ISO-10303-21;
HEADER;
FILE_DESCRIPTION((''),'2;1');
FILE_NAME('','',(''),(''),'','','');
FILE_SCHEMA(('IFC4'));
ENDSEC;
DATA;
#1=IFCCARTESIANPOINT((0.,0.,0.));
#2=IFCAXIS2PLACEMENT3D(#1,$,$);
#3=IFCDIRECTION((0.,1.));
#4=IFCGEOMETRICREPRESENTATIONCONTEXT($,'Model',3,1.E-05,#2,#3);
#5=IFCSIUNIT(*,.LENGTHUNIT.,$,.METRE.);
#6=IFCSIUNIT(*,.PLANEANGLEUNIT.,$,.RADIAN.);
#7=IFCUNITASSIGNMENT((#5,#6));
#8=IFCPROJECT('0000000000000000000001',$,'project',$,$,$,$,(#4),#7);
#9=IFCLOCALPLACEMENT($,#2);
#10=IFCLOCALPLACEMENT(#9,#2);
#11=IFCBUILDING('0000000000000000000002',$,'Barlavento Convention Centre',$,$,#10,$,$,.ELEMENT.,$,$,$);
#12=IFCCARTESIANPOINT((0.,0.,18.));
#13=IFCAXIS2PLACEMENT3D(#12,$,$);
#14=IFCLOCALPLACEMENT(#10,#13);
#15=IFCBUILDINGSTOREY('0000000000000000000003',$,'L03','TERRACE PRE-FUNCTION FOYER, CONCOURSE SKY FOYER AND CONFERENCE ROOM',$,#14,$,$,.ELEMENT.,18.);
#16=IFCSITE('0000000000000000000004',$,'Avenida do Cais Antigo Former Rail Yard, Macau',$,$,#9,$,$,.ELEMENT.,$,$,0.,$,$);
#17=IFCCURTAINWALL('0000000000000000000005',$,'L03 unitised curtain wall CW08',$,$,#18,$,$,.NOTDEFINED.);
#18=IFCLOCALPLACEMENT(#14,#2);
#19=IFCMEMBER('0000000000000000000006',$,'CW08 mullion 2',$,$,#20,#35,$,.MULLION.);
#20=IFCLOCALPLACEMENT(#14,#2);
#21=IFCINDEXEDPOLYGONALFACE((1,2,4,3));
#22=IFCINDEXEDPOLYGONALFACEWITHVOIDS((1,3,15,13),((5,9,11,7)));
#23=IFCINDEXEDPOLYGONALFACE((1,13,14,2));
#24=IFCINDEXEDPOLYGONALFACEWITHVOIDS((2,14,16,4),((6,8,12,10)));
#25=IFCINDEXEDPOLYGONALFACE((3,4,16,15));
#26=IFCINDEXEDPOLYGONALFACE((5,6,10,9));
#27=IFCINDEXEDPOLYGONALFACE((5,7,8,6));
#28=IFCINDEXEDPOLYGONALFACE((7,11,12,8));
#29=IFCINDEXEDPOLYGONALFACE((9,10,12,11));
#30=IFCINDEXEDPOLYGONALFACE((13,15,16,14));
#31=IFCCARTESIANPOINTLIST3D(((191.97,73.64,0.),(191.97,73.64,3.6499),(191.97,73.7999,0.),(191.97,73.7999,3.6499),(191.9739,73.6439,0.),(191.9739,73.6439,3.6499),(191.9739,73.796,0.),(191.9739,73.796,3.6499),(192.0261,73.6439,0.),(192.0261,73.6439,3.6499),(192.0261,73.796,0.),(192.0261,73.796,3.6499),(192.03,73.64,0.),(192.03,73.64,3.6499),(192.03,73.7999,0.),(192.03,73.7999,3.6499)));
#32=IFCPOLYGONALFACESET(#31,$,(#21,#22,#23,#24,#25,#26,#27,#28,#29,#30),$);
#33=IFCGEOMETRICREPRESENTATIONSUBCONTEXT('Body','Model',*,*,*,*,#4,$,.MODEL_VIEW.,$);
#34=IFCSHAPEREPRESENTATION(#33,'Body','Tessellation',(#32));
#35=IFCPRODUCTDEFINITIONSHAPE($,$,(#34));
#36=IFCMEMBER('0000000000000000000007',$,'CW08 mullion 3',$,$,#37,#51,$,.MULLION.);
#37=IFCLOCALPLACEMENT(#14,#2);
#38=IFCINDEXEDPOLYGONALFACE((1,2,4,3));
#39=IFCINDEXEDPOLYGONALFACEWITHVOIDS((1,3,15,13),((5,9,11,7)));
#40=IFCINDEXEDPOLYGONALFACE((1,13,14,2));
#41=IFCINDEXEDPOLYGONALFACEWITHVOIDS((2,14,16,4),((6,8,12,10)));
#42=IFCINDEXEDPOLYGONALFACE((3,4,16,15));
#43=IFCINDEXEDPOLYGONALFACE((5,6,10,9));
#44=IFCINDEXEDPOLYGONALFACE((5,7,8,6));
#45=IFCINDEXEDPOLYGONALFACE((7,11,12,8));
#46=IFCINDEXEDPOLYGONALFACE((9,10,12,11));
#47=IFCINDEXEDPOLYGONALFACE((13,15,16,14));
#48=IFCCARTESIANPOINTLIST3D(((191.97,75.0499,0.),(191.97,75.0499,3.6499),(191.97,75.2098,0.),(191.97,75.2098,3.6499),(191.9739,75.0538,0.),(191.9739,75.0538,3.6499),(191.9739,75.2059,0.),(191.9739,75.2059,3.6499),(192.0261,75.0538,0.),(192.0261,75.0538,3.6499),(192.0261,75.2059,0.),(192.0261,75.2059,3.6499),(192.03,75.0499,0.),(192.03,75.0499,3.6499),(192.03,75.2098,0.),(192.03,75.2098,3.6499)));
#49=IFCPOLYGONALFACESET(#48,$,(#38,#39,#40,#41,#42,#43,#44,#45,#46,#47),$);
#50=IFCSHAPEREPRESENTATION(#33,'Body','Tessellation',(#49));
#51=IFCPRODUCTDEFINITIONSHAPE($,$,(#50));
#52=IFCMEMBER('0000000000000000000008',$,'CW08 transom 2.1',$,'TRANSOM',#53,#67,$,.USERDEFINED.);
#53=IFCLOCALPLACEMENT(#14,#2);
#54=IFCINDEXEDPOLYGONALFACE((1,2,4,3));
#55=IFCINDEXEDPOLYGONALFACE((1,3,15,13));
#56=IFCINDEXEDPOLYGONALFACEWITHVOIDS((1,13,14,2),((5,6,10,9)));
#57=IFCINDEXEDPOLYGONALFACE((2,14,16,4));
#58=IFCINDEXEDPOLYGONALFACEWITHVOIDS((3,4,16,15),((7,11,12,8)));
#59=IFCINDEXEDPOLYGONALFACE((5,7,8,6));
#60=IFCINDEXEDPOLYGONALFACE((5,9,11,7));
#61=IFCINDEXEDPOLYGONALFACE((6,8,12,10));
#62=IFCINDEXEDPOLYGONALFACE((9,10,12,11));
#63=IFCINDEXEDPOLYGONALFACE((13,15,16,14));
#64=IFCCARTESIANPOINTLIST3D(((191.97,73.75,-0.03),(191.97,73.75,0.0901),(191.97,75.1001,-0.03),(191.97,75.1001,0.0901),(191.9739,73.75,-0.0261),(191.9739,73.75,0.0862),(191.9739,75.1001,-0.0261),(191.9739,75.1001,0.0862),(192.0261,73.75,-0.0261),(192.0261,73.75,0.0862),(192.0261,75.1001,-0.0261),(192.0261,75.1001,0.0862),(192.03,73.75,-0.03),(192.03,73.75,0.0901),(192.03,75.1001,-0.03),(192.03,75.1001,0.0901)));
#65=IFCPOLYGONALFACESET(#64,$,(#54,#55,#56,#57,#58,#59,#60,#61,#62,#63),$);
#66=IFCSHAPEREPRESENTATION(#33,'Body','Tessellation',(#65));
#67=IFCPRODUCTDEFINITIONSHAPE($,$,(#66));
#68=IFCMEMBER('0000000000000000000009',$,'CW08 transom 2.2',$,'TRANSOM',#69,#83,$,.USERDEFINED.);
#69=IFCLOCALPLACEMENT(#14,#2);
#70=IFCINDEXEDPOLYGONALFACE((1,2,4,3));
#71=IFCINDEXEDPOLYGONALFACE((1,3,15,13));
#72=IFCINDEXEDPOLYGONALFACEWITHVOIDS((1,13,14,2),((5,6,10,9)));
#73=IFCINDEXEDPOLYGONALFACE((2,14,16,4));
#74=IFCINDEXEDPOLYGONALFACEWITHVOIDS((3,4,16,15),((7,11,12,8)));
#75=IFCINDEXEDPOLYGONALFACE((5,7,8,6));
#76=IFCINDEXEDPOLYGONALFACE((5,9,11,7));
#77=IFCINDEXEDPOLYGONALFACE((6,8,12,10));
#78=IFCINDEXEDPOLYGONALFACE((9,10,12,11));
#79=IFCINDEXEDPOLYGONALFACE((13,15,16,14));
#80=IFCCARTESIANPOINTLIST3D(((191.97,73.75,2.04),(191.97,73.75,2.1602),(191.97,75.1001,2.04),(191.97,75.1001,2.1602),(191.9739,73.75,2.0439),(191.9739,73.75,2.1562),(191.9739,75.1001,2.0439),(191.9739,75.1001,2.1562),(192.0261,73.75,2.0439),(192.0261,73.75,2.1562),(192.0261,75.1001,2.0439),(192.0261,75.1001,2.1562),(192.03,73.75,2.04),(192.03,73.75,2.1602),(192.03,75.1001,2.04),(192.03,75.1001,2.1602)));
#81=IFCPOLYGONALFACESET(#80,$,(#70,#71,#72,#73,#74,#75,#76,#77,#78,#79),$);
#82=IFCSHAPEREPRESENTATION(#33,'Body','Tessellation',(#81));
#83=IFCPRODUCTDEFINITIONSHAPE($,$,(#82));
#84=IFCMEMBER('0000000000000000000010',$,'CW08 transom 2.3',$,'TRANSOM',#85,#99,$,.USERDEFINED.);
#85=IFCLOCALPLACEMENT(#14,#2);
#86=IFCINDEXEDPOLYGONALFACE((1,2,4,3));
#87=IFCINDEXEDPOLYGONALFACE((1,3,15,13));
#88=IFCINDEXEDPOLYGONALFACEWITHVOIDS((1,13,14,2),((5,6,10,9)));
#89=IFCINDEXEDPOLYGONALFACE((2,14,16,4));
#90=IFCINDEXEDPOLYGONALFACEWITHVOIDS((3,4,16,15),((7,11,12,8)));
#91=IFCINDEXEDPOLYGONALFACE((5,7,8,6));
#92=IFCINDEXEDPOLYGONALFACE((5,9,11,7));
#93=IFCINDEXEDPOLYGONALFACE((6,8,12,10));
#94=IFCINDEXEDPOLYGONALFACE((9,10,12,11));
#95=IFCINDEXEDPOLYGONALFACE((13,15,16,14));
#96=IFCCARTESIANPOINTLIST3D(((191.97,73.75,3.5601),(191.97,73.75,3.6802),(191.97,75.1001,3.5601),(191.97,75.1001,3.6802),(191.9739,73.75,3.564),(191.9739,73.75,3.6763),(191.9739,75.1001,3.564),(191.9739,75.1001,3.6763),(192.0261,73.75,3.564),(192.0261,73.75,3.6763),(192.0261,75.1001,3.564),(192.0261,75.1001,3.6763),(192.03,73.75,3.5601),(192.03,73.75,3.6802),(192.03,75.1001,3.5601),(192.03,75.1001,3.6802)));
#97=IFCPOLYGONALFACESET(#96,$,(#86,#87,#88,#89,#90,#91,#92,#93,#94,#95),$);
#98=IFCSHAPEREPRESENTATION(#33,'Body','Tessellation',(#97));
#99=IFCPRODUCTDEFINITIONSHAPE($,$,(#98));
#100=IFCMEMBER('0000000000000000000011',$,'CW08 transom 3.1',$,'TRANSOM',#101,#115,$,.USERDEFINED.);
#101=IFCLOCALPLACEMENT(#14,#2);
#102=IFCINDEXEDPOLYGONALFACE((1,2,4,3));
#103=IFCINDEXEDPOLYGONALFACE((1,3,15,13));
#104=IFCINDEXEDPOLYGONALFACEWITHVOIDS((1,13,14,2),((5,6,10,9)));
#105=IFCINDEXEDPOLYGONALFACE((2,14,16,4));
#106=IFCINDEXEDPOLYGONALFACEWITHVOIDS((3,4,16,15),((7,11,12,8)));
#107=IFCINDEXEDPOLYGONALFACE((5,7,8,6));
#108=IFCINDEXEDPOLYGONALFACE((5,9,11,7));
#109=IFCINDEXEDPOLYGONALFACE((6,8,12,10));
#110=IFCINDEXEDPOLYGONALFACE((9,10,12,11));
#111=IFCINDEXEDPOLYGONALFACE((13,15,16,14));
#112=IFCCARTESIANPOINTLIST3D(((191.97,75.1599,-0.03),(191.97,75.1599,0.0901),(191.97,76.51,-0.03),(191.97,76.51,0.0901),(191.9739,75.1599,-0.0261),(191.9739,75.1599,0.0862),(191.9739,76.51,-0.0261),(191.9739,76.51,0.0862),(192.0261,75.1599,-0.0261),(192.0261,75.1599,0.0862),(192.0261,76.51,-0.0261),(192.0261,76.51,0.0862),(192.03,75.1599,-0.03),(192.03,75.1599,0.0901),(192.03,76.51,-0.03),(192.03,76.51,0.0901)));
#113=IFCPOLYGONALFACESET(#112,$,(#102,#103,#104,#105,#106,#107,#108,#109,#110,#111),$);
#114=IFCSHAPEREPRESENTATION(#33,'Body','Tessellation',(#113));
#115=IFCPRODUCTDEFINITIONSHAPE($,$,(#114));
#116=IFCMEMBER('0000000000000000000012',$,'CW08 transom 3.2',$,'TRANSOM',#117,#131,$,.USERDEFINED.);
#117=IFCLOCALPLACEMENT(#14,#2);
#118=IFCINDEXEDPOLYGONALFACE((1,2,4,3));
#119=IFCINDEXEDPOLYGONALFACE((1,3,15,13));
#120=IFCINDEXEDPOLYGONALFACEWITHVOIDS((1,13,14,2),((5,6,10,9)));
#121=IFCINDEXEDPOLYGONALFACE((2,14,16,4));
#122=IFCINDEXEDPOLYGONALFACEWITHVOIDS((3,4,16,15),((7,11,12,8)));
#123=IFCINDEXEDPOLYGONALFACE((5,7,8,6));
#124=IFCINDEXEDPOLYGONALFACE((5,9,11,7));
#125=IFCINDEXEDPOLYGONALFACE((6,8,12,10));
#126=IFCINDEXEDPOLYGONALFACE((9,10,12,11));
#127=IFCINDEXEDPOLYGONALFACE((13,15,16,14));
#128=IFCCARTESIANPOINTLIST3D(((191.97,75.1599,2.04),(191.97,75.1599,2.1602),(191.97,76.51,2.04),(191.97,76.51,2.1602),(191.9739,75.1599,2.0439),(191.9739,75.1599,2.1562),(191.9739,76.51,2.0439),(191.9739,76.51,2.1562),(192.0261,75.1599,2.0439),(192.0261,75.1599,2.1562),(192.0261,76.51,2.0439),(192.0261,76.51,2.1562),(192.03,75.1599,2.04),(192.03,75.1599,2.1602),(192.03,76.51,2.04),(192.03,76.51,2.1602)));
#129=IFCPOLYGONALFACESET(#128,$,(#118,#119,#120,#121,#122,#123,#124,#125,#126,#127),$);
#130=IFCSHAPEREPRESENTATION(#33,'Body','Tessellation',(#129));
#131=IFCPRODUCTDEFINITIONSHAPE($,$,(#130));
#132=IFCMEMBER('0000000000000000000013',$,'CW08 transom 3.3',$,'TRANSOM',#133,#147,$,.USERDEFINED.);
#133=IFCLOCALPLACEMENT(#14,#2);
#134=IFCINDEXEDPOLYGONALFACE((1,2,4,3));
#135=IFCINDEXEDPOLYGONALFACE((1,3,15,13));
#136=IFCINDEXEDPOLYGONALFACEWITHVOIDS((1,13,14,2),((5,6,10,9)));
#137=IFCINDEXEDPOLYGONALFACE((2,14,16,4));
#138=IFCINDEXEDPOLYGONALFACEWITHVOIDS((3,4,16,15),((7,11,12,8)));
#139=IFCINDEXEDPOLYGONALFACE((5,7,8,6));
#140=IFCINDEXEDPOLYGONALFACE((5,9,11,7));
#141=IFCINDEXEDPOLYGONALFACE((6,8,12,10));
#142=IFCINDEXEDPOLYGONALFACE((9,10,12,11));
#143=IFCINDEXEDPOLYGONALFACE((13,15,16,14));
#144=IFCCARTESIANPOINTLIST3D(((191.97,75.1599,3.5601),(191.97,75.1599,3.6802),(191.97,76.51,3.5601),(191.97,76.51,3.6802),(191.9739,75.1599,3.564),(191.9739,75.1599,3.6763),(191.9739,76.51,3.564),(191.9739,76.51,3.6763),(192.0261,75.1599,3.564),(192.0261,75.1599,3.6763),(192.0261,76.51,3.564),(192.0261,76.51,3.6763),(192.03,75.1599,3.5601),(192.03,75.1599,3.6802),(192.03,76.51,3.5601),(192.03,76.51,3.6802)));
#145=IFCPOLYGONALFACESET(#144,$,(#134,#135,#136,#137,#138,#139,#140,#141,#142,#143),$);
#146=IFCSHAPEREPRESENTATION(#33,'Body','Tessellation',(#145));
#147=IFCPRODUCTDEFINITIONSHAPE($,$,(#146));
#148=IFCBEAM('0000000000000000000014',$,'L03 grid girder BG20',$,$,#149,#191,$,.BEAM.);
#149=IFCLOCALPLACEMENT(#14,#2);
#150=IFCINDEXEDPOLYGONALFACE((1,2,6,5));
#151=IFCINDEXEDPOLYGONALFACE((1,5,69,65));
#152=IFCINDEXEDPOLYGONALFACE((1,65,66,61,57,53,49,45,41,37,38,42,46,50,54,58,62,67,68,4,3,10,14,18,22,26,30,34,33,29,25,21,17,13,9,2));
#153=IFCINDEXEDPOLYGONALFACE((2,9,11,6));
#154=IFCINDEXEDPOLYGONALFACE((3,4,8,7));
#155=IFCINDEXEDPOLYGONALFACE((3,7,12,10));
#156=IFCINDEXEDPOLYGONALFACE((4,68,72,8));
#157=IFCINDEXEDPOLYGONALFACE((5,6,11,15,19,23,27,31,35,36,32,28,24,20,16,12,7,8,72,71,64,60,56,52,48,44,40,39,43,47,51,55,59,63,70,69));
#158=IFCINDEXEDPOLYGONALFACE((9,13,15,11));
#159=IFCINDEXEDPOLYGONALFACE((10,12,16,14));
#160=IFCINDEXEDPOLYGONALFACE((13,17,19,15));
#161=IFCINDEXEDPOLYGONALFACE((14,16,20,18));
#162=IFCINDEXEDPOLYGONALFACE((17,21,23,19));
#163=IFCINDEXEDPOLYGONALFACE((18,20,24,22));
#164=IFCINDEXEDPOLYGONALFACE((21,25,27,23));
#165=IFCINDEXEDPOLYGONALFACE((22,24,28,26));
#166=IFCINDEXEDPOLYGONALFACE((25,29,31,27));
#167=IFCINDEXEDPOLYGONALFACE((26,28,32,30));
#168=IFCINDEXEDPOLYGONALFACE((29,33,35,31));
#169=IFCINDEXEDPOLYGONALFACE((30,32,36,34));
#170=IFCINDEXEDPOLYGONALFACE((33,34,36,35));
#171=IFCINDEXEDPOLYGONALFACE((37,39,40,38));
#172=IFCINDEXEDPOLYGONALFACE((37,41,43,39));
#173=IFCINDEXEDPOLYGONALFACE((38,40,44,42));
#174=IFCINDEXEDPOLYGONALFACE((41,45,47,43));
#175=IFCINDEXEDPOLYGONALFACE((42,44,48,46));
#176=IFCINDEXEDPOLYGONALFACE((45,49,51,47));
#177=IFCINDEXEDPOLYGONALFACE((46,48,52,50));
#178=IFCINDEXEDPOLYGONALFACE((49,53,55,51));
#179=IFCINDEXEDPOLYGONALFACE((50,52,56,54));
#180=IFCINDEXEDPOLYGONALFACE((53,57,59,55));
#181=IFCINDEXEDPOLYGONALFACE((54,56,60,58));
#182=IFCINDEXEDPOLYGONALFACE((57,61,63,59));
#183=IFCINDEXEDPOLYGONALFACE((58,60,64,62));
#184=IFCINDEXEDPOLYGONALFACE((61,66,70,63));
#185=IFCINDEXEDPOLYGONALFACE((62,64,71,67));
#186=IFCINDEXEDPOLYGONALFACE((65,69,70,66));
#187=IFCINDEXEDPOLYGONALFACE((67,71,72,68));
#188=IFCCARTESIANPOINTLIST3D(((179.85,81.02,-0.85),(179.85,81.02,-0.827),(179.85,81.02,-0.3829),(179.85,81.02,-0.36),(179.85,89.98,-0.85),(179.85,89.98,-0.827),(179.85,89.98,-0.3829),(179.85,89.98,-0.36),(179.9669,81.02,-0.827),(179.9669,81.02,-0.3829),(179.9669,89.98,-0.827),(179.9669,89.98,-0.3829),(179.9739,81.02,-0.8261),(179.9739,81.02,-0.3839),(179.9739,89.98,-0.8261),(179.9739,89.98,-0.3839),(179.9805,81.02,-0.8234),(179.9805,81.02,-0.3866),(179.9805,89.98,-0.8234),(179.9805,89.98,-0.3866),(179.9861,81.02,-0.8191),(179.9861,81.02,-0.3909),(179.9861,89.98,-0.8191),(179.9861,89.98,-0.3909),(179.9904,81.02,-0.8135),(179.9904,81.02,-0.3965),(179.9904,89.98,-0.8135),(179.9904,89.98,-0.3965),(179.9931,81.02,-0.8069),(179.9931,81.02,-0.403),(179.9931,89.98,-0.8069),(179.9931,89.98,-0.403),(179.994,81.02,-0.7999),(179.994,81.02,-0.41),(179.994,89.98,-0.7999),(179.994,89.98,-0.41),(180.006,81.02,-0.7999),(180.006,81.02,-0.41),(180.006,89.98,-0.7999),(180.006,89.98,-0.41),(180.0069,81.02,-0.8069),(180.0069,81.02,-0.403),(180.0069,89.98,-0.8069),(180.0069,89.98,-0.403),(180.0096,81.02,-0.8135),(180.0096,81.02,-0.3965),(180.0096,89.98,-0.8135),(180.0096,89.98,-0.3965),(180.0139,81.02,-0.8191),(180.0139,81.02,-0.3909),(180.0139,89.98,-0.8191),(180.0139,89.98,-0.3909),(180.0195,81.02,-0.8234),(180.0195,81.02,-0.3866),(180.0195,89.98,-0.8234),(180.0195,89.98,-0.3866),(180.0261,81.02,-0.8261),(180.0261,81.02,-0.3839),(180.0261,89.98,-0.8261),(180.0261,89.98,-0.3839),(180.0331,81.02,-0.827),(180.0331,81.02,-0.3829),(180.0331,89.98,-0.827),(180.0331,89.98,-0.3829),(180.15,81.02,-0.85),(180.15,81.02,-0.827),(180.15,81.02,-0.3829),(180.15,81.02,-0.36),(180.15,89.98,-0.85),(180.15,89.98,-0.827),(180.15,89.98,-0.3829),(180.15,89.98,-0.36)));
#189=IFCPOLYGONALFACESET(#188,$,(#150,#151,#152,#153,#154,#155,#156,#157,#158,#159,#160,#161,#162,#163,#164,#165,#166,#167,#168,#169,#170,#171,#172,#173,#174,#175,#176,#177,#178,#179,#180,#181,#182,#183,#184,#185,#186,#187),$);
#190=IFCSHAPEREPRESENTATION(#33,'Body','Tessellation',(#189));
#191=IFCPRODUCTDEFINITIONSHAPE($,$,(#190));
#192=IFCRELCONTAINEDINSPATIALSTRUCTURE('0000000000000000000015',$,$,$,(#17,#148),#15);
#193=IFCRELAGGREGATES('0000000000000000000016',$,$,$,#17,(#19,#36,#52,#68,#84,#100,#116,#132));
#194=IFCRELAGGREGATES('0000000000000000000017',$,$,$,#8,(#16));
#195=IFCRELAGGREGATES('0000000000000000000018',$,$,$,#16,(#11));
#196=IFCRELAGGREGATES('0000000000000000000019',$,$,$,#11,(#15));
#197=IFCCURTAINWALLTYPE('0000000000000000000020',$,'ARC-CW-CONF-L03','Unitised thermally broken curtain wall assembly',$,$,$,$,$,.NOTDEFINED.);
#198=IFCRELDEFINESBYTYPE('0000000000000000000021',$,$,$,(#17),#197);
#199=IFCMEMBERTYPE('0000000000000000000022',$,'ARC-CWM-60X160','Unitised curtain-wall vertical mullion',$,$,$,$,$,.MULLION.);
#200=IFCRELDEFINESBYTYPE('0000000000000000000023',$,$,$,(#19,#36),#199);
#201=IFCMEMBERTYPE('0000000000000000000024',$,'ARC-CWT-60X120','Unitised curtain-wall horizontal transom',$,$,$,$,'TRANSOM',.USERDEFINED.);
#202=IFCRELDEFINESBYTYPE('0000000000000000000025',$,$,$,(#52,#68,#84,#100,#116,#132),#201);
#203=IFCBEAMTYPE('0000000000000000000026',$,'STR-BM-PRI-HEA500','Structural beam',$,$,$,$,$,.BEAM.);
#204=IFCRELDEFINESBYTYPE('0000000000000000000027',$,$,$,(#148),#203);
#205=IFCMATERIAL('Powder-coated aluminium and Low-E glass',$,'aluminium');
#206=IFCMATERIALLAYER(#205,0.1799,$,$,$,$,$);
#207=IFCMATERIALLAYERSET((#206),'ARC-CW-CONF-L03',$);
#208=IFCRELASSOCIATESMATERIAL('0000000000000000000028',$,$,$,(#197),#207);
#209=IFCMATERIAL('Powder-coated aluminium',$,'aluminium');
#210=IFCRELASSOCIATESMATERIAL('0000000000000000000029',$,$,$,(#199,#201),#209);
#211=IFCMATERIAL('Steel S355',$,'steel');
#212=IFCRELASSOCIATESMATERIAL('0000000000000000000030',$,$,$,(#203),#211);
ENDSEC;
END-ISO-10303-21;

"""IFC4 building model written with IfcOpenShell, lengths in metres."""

from ifc_helpers import new_model, si_unit, direction, frame, origin, origin_2d, place, context, subcontext, project, spatial, hollow_rectangle, i_section, extrude, material, layer, layer_set, material_profile, profile_set, type_object, element, aggregate, save


model = new_model("IFC4")

# Units and contexts
model_context = context("Model", 3, precision=1e-05, world=origin(), true_north=direction((0.0, 1.0)))
body_context = subcontext(model_context, "Body", "Model", "MODEL_VIEW")
ifc_project = project(units=[si_unit("LENGTHUNIT", "METRE"), si_unit("PLANEANGLEUNIT", "RADIAN")], contexts=[model_context])

# Site, building, storey
site_placement = place(None, origin())
site = spatial("IfcSite", under=ifc_project, at=site_placement, Name="Avenida do Cais Antigo Former Rail Yard, Macau", CompositionType="ELEMENT", RefElevation=0.0)
building_placement = place(site_placement, origin())
building = spatial("IfcBuilding", under=site, at=building_placement, Name="Barlavento Convention Centre", CompositionType="ELEMENT")
storey_placement = place(building_placement, frame((0.0, 0.0, 18.0)))
storey = spatial("IfcBuildingStorey", under=building, at=storey_placement, Name="L03", Description="TERRACE PRE-FUNCTION FOYER, CONCOURSE SKY FOYER AND CONFERENCE ROOM", CompositionType="ELEMENT", Elevation=18.0)

# Curtain wall, members
ifc_material_1 = material(Name="Powder-coated aluminium and Low-E glass", Category="aluminium")
ifc_layer_1 = layer(ifc_material_1, 0.1799)
ifc_layer_set_1 = layer_set([ifc_layer_1], Name="ARC-CW-CONF-L03")
curtain_wall_type = type_object("IfcCurtainWallType", Name="ARC-CW-CONF-L03", Description="Unitised thermally broken curtain wall assembly", PredefinedType="NOTDEFINED", material=ifc_layer_set_1)
curtain_wall_placement = place(storey_placement, origin())
curtain_wall = element("IfcCurtainWall", 1, at=curtain_wall_placement, inside=storey, type_object=curtain_wall_type, Name="L03 unitised curtain wall CW08", PredefinedType="NOTDEFINED")
ifc_material_2 = material(Name="Powder-coated aluminium", Category="aluminium")
ifc_material_profile_1 = material_profile(ifc_material_2, hollow_rectangle(XDim=0.0601, YDim=0.1599, WallThickness=0.0039, at=origin_2d()), Name="AL-MULL 60x160x4")
ifc_profile_set_1 = profile_set([ifc_material_profile_1], Name="Powder-coated aluminium")
member_type_1 = type_object("IfcMemberType", Name="ARC-CWM-60X160", Description="Unitised curtain-wall vertical mullion", PredefinedType="MULLION", material=ifc_profile_set_1)
member_1_placement = place(storey_placement, frame((192.0, 73.72, 0.0), z_axis=(0.0, 0.0, 1.0), x_axis=(-1.0, 0.0, 0.0)))
member_1 = element("IfcMember", 2, at=member_1_placement, type_object=member_type_1, Name="CW08 mullion 2", PredefinedType="MULLION", context=body_context, shape_type="SweptSolid", body=[
    extrude(hollow_rectangle(XDim=0.0601, YDim=0.1599, WallThickness=0.0039, at=origin_2d()), origin(), (0.0, 0.0, 1.0), 3.6499),
])
member_2_placement = place(storey_placement, frame((192.0, 75.1299, 0.0), z_axis=(0.0, 0.0, 1.0), x_axis=(-1.0, 0.0, 0.0)))
member_2 = element("IfcMember", 3, at=member_2_placement, type_object=member_type_1, Name="CW08 mullion 3", PredefinedType="MULLION", context=body_context, shape_type="SweptSolid", body=[
    extrude(hollow_rectangle(XDim=0.0601, YDim=0.1599, WallThickness=0.0039, at=origin_2d()), origin(), (0.0, 0.0, 1.0), 3.6499),
])
ifc_material_profile_2 = material_profile(ifc_material_2, hollow_rectangle(XDim=0.0601, YDim=0.1201, WallThickness=0.0039, at=origin_2d()), Name="AL-TRAN 60x120x4")
ifc_profile_set_2 = profile_set([ifc_material_profile_2], Name="Powder-coated aluminium")
member_type_2 = type_object("IfcMemberType", Name="ARC-CWT-60X120", Description="Unitised curtain-wall horizontal transom", ElementType="TRANSOM", PredefinedType="USERDEFINED", material=ifc_profile_set_2)
member_3_placement = place(storey_placement, frame((192.0, 73.75, 0.03), z_axis=(0.0, 1.0, 0.0), x_axis=(-1.0, 0.0, 0.0)))
member_3 = element("IfcMember", 4, at=member_3_placement, type_object=member_type_2, Name="CW08 transom 2.1", ObjectType="TRANSOM", PredefinedType="USERDEFINED", context=body_context, shape_type="SweptSolid", body=[
    extrude(hollow_rectangle(XDim=0.0601, YDim=0.1201, WallThickness=0.0039, at=origin_2d()), origin(), (0.0, 0.0, 1.0), 1.3501),
])
member_4_placement = place(storey_placement, frame((192.0, 73.75, 2.1001), z_axis=(0.0, 1.0, 0.0), x_axis=(-1.0, 0.0, 0.0)))
member_4 = element("IfcMember", 5, at=member_4_placement, type_object=member_type_2, Name="CW08 transom 2.2", ObjectType="TRANSOM", PredefinedType="USERDEFINED", context=body_context, shape_type="SweptSolid", body=[
    extrude(hollow_rectangle(XDim=0.0601, YDim=0.1201, WallThickness=0.0039, at=origin_2d()), origin(), (0.0, 0.0, 1.0), 1.3501),
])
member_5_placement = place(storey_placement, frame((192.0, 73.75, 3.6201), z_axis=(0.0, 1.0, 0.0), x_axis=(-1.0, 0.0, 0.0)))
member_5 = element("IfcMember", 6, at=member_5_placement, type_object=member_type_2, Name="CW08 transom 2.3", ObjectType="TRANSOM", PredefinedType="USERDEFINED", context=body_context, shape_type="SweptSolid", body=[
    extrude(hollow_rectangle(XDim=0.0601, YDim=0.1201, WallThickness=0.0039, at=origin_2d()), origin(), (0.0, 0.0, 1.0), 1.3501),
])
member_6_placement = place(storey_placement, frame((192.0, 75.1599, 0.03), z_axis=(0.0, 1.0, 0.0), x_axis=(-1.0, 0.0, 0.0)))
member_6 = element("IfcMember", 7, at=member_6_placement, type_object=member_type_2, Name="CW08 transom 3.1", ObjectType="TRANSOM", PredefinedType="USERDEFINED", context=body_context, shape_type="SweptSolid", body=[
    extrude(hollow_rectangle(XDim=0.0601, YDim=0.1201, WallThickness=0.0039, at=origin_2d()), origin(), (0.0, 0.0, 1.0), 1.3501),
])
member_7_placement = place(storey_placement, frame((192.0, 75.1599, 2.1001), z_axis=(0.0, 1.0, 0.0), x_axis=(-1.0, 0.0, 0.0)))
member_7 = element("IfcMember", 8, at=member_7_placement, type_object=member_type_2, Name="CW08 transom 3.2", ObjectType="TRANSOM", PredefinedType="USERDEFINED", context=body_context, shape_type="SweptSolid", body=[
    extrude(hollow_rectangle(XDim=0.0601, YDim=0.1201, WallThickness=0.0039, at=origin_2d()), origin(), (0.0, 0.0, 1.0), 1.3501),
])
member_8_placement = place(storey_placement, frame((192.0, 75.1599, 3.6201), z_axis=(0.0, 1.0, 0.0), x_axis=(-1.0, 0.0, 0.0)))
member_8 = element("IfcMember", 9, at=member_8_placement, type_object=member_type_2, Name="CW08 transom 3.3", ObjectType="TRANSOM", PredefinedType="USERDEFINED", context=body_context, shape_type="SweptSolid", body=[
    extrude(hollow_rectangle(XDim=0.0601, YDim=0.1201, WallThickness=0.0039, at=origin_2d()), origin(), (0.0, 0.0, 1.0), 1.3501),
])

# Beam
ifc_material_3 = material(Name="Steel S355", Category="steel")
ifc_material_profile_3 = material_profile(ifc_material_3, i_section(OverallWidth=0.3, OverallDepth=0.49, WebThickness=0.012, FlangeThickness=0.0229, FilletRadius=0.0271, at=origin_2d()), Name="HEA 500")
ifc_profile_set_3 = profile_set([ifc_material_profile_3], Name="Steel S355")
beam_type_1 = type_object("IfcBeamType", Name="STR-BM-PRI-HEA500", Description="Structural beam", PredefinedType="BEAM", material=ifc_profile_set_3)
beam_1_placement = place(storey_placement, frame((180.0, 81.02, -0.605), z_axis=(0.0, 1.0, 0.0), x_axis=(-1.0, 0.0, 0.0)))
element("IfcBeam", 10, at=beam_1_placement, inside=storey, type_object=beam_type_1, Name="L03 grid girder BG20", PredefinedType="BEAM", context=body_context, shape_type="SweptSolid", body=[
    extrude(i_section(OverallWidth=0.3, OverallDepth=0.49, WebThickness=0.012, FlangeThickness=0.0229, FilletRadius=0.0271, at=origin_2d()), origin(), (0.0, 0.0, 1.0), 8.96),
])

aggregate(curtain_wall, [member_1, member_2, member_3, member_4, member_5, member_6, member_7, member_8])

save(model, "model.ifc")
